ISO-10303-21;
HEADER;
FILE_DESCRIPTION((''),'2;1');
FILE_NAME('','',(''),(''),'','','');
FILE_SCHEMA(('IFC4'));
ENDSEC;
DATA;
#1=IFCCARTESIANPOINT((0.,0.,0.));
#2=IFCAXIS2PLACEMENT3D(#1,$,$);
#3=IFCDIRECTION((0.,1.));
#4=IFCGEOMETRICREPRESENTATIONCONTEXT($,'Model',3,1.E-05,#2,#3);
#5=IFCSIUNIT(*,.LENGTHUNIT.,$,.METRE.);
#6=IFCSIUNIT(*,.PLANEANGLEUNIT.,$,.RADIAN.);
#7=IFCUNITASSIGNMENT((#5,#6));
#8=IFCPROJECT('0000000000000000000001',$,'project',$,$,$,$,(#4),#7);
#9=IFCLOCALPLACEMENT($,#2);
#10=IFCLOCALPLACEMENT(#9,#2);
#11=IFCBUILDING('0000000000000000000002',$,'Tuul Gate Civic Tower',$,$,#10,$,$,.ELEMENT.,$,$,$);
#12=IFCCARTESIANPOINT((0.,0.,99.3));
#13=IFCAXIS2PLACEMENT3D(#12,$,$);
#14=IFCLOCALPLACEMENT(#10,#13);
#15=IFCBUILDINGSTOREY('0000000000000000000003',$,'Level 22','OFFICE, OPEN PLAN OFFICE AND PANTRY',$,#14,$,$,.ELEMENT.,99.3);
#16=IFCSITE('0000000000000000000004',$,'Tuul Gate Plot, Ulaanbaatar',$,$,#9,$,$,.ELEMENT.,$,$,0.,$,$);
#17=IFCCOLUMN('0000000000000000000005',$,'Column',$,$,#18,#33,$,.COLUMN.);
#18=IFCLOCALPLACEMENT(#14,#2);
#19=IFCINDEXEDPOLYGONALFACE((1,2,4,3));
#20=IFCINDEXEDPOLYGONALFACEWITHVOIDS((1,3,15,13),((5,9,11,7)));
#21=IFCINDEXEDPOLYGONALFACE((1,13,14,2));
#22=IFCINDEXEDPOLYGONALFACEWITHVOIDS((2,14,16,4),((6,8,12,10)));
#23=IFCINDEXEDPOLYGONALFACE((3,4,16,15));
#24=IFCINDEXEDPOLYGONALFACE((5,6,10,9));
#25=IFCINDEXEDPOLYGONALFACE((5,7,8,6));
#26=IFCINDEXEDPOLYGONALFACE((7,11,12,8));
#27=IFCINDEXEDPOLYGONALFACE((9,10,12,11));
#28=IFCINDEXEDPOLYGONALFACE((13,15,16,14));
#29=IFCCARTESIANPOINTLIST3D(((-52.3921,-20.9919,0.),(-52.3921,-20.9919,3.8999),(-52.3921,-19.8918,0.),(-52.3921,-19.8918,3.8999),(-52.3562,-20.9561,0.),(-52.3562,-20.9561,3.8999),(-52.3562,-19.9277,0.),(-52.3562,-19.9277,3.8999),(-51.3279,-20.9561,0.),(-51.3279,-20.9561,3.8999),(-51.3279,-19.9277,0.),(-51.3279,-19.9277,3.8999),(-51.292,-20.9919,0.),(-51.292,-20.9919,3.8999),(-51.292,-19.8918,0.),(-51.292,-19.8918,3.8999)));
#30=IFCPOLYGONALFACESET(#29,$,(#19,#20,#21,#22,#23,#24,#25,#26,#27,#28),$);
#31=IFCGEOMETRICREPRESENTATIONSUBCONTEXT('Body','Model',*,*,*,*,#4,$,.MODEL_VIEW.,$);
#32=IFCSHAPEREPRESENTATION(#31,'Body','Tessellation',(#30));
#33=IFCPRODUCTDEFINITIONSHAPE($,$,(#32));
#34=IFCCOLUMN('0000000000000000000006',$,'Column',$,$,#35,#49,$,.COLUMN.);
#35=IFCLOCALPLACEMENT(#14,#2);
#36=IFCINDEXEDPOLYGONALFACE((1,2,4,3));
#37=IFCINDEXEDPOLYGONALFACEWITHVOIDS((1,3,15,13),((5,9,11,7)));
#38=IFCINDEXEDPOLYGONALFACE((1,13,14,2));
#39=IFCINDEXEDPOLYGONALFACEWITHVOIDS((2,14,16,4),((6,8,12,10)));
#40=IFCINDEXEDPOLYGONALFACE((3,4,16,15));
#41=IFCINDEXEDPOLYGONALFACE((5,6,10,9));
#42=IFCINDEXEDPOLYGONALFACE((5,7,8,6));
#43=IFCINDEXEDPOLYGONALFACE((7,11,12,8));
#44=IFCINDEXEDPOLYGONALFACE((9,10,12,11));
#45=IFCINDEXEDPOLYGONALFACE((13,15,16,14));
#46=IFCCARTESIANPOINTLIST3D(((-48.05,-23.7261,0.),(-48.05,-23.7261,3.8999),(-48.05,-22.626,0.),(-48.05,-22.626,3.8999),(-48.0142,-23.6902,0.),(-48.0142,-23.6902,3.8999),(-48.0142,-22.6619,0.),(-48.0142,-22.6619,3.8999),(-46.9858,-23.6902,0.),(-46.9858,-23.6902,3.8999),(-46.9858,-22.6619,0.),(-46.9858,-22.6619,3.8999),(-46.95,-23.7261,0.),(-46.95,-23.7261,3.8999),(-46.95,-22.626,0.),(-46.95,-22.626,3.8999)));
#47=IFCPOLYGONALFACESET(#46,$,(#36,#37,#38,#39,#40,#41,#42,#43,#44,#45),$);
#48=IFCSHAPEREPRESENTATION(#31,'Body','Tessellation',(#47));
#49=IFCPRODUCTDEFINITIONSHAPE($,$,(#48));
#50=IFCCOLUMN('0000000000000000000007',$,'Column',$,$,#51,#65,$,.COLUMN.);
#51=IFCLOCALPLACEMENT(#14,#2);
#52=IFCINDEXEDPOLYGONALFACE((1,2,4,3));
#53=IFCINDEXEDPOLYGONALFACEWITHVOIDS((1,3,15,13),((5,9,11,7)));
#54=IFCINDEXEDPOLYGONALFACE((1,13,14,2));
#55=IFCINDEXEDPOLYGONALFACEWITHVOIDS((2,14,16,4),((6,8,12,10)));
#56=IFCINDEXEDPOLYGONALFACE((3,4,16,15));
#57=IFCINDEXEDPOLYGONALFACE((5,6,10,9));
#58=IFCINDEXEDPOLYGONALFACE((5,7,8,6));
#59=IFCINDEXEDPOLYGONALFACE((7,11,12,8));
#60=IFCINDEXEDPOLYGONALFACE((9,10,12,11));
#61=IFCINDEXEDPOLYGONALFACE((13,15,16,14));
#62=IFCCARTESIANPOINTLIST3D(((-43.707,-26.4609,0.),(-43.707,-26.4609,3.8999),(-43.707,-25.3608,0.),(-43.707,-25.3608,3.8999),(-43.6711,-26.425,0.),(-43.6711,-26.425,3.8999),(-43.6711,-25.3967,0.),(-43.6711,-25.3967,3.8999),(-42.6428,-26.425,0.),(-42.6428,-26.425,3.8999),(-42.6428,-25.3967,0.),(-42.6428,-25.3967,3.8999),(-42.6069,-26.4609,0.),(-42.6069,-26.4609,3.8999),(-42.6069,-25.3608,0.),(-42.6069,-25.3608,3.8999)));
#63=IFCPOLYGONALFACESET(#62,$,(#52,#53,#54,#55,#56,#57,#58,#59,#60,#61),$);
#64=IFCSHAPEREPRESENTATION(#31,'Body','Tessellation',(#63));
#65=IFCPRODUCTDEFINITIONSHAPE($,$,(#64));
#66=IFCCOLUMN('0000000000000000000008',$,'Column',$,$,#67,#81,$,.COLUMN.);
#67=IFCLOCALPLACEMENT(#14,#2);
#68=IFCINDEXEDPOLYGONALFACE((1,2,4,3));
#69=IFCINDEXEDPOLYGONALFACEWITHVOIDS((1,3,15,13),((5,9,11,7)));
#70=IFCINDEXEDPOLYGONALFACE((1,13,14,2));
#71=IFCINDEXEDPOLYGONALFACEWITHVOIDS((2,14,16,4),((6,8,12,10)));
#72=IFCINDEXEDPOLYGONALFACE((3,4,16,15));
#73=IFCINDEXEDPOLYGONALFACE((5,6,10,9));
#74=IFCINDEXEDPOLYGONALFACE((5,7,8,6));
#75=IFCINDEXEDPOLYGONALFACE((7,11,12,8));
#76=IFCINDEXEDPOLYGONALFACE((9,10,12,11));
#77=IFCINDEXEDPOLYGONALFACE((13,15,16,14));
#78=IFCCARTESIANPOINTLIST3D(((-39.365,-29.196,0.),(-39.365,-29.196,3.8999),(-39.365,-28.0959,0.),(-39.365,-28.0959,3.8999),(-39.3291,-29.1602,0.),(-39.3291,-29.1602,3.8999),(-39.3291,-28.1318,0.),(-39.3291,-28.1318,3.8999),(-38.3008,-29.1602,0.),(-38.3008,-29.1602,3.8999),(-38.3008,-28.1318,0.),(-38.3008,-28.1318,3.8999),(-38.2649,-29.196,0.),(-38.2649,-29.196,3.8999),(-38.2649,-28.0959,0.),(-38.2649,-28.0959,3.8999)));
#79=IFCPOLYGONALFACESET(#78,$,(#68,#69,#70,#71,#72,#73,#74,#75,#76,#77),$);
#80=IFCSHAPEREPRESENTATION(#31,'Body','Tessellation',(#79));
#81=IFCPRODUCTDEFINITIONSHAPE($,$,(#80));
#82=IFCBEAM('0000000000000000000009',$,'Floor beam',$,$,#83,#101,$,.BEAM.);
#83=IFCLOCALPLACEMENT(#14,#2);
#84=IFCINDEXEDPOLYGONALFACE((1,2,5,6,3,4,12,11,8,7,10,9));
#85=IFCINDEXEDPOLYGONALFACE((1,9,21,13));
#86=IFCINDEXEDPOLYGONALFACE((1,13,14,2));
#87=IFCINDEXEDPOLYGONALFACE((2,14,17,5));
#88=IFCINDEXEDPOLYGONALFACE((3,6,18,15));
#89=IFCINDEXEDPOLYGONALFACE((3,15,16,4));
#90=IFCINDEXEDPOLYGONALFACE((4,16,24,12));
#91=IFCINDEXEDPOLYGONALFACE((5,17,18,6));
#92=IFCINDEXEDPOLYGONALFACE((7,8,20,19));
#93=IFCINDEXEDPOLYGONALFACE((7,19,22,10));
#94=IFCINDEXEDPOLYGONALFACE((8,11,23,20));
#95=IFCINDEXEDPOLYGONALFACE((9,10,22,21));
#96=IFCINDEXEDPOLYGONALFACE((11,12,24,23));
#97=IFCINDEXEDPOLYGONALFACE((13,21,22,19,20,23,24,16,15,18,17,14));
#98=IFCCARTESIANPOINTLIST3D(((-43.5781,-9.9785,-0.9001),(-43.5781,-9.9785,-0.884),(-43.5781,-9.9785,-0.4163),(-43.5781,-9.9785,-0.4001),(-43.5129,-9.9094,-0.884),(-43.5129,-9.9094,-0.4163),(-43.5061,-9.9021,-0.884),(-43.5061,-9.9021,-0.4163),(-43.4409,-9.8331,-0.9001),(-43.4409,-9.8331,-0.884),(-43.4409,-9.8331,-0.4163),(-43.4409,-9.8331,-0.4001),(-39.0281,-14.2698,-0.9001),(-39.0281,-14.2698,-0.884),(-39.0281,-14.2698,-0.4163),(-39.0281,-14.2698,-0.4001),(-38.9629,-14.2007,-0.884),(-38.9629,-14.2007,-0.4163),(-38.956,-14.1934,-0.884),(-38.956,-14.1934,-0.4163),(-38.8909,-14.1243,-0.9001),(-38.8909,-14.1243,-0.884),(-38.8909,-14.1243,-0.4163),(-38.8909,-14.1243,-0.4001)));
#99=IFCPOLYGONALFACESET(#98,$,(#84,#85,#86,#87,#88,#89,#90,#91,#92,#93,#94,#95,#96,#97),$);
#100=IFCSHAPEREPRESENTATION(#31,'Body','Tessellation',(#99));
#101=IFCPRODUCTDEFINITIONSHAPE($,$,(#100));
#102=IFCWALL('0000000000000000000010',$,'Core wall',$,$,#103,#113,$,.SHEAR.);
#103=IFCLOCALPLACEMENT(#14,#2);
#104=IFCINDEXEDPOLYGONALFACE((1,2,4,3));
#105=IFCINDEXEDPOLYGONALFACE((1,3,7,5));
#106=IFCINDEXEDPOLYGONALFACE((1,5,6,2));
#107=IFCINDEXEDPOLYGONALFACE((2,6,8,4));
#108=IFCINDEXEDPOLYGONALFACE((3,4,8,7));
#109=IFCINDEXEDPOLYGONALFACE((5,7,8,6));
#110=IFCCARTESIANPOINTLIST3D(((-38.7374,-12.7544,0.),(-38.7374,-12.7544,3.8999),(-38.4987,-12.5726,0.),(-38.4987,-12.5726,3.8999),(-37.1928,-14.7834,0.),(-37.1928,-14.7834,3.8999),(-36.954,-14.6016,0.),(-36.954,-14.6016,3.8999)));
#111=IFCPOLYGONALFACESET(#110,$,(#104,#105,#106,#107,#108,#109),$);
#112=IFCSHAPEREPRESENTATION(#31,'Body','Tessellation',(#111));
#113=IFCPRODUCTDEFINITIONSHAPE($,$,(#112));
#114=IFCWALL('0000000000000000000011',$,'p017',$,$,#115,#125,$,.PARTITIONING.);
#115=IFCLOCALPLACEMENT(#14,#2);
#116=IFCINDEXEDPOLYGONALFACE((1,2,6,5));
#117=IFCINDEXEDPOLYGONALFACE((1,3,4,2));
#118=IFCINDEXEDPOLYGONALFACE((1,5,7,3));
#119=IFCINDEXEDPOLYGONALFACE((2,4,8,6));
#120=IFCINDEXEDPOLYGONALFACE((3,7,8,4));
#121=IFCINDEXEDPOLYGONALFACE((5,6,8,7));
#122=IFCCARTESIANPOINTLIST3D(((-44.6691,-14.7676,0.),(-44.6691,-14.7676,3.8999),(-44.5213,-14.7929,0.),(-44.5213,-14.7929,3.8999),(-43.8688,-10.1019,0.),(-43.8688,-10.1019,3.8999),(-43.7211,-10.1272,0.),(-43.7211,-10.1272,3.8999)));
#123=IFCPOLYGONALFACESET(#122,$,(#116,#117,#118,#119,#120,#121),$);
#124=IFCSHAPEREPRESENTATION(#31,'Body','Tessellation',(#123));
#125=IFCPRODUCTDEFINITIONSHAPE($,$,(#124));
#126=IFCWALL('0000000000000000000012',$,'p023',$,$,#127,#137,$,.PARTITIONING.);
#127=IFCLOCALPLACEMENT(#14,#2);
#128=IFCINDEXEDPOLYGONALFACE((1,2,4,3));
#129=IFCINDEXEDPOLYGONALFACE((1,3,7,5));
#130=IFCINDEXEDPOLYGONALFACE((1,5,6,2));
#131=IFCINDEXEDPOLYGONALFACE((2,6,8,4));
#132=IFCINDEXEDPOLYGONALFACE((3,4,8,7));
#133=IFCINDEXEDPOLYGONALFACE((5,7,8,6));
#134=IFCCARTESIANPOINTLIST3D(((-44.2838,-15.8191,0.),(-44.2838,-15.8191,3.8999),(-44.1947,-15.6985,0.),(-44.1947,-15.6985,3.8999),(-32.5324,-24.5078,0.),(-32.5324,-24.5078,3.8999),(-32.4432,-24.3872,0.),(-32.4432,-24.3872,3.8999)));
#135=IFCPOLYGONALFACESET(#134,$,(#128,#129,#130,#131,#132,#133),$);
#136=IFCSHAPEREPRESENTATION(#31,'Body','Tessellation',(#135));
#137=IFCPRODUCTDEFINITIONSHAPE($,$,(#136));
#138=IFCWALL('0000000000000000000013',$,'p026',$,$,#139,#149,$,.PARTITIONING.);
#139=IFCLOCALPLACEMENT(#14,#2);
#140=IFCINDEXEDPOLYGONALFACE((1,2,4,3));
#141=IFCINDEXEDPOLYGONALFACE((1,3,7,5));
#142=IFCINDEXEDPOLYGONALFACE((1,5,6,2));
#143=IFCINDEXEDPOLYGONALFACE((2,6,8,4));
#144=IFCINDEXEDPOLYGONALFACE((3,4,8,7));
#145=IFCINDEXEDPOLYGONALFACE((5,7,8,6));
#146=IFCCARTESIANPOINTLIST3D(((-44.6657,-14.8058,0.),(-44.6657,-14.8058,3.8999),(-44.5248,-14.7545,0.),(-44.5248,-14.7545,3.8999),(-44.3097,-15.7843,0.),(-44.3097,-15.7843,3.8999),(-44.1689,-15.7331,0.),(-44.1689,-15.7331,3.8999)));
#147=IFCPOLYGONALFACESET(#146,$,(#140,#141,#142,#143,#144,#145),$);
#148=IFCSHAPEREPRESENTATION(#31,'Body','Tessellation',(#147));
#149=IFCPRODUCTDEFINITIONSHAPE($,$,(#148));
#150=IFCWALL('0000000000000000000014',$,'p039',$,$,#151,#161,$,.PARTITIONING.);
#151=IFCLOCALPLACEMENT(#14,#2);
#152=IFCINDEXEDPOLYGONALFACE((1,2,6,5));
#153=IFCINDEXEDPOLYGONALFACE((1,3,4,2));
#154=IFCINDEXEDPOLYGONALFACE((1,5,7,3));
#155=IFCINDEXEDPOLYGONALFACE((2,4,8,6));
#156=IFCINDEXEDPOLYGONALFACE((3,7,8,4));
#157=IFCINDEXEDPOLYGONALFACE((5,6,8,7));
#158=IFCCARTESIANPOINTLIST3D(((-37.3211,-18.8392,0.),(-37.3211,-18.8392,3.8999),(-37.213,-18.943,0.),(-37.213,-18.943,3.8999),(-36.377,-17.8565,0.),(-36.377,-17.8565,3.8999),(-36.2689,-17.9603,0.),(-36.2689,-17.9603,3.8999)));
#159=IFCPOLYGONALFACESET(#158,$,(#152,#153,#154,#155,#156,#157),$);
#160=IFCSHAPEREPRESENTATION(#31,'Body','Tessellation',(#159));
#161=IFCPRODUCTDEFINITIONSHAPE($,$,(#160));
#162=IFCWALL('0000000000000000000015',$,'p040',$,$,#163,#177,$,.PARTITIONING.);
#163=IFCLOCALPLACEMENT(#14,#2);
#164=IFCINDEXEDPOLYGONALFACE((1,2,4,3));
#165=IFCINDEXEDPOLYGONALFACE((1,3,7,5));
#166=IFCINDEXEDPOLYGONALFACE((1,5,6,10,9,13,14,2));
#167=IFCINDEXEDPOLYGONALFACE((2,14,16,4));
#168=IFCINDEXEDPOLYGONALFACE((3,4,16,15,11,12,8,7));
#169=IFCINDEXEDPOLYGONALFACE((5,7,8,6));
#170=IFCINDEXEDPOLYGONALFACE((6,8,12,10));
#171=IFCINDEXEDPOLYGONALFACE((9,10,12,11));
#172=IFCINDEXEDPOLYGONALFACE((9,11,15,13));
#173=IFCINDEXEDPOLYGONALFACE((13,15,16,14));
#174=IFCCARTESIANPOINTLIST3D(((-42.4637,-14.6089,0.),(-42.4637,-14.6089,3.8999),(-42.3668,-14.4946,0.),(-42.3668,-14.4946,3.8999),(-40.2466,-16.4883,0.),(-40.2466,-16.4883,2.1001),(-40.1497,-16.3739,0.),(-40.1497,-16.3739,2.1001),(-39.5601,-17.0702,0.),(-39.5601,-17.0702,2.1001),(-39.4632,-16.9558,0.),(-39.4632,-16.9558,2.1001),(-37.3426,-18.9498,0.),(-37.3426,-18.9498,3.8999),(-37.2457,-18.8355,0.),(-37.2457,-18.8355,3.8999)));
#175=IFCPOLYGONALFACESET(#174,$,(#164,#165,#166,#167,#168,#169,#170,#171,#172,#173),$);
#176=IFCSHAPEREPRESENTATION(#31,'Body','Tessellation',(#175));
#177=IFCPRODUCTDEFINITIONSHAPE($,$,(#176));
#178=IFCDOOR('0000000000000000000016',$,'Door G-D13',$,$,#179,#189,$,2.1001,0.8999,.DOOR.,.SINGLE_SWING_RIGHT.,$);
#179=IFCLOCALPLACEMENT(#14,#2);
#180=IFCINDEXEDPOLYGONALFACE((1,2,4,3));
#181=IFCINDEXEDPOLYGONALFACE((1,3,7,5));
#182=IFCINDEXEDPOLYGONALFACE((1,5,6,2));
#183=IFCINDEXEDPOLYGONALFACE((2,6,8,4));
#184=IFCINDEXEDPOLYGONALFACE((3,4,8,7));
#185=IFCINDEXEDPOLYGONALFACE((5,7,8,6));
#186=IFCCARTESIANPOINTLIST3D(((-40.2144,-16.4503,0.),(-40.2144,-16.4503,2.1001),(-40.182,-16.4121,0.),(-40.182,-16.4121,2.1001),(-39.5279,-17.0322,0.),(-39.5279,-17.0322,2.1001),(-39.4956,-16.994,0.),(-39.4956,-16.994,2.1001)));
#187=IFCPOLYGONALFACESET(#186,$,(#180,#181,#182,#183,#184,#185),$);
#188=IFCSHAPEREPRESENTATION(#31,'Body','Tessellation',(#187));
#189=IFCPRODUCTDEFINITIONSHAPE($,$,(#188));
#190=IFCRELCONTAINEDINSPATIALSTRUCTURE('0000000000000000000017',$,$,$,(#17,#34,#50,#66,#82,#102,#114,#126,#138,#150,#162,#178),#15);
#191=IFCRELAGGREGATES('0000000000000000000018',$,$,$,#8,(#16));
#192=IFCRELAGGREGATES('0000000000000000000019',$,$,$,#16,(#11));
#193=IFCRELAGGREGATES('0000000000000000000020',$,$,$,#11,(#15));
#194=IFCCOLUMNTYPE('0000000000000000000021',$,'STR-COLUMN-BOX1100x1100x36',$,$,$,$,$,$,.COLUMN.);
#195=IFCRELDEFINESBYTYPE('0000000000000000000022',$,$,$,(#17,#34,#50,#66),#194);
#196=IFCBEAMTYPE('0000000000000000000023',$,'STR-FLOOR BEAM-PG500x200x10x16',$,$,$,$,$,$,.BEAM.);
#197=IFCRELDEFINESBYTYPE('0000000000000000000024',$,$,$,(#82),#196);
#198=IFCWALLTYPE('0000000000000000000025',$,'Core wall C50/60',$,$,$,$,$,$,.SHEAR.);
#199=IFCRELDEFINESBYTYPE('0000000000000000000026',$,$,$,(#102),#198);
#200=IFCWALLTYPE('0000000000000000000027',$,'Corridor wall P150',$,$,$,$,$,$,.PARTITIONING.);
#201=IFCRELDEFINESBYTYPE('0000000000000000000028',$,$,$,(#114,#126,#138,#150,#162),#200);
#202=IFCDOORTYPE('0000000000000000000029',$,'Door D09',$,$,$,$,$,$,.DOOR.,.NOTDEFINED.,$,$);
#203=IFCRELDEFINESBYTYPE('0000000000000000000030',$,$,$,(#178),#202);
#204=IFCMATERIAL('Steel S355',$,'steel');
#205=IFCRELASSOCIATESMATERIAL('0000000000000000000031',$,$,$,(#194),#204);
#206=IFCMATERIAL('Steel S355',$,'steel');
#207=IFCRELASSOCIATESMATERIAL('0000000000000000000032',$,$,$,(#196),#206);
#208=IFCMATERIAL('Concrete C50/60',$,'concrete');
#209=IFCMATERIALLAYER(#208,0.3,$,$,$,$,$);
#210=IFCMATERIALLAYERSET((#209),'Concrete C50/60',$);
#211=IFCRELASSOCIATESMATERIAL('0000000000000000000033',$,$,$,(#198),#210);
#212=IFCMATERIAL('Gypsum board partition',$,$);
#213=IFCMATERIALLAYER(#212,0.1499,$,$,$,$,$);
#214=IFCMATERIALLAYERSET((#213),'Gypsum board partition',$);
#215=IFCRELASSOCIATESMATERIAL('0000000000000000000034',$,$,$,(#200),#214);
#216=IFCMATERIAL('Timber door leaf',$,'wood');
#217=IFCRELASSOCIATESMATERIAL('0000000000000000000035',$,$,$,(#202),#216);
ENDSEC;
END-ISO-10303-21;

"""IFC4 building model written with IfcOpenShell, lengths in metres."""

from ifc_helpers import new_model, si_unit, direction, frame, frame_2d, origin, origin_2d, place, context, subcontext, project, spatial, rectangle, hollow_rectangle, i_section, extrude, material, layer, layer_set, material_profile, profile_set, type_object, element, fill, save


model = new_model("IFC4")

# Units and contexts
model_context = context("Model", 3, precision=1e-05, world=origin(), true_north=direction((0.0, 1.0)))
body_context = subcontext(model_context, "Body", "Model", "MODEL_VIEW")
ifc_project = project(units=[si_unit("LENGTHUNIT", "METRE"), si_unit("PLANEANGLEUNIT", "RADIAN")], contexts=[model_context])

# Site, building, storey
site_placement = place(None, origin())
site = spatial("IfcSite", under=ifc_project, at=site_placement, Name="Tuul Gate Plot, Ulaanbaatar", CompositionType="ELEMENT", RefElevation=0.0)
building_placement = place(site_placement, origin())
building = spatial("IfcBuilding", under=site, at=building_placement, Name="Tuul Gate Civic Tower", CompositionType="ELEMENT")
storey_placement = place(building_placement, frame((0.0, 0.0, 99.3)))
storey = spatial("IfcBuildingStorey", under=building, at=storey_placement, Name="Level 22", Description="OFFICE, OPEN PLAN OFFICE AND PANTRY", CompositionType="ELEMENT", Elevation=99.3)

# Columns
ifc_material_1 = material(Name="Steel S355", Category="steel")
ifc_material_profile_1 = material_profile(ifc_material_1, hollow_rectangle(XDim=1.1001, YDim=1.1001, WallThickness=0.0359, at=origin_2d()), Name="BOX1100x1100x36")
ifc_profile_set_1 = profile_set([ifc_material_profile_1], Name="Steel S355")
column_type = type_object("IfcColumnType", Name="STR-COLUMN-BOX1100x1100x36", PredefinedType="COLUMN", material=ifc_profile_set_1)
for number, where, z_axis, x_axis, name in (
    (1, (-51.842, -20.4419, 0.0), (0.0, 0.0, 1.0), (1.0, 0.0, 0.0), "Column"),
    (2, (-47.5, -23.176, 0.0), (0.0, 0.0, 1.0), (1.0, 0.0, 0.0), "Column"),
    (3, (-43.157, -25.9109, 0.0), (0.0, 0.0, 1.0), (1.0, 0.0, 0.0), "Column"),
    (4, (-38.8149, -28.646, 0.0), (0.0, 0.0, 1.0), (1.0, 0.0, 0.0), "Column"),
):
    element("IfcColumn", number, at=place(storey_placement, frame(where, z_axis=z_axis, x_axis=x_axis)), inside=storey, type_object=column_type, Name=name, PredefinedType="COLUMN", context=body_context, shape_type="SweptSolid", body=[
        extrude(hollow_rectangle(XDim=1.1001, YDim=1.1001, WallThickness=0.0359, at=origin_2d()), origin(), (0.0, 0.0, 1.0), 3.8999),
    ])

# Beam
ifc_material_2 = material(Name="Steel S355", Category="steel")
ifc_material_profile_2 = material_profile(ifc_material_2, i_section(OverallWidth=0.2, OverallDepth=0.5, WebThickness=0.01, FlangeThickness=0.0161, at=origin_2d()), Name="PG500x200x10x16")
ifc_profile_set_2 = profile_set([ifc_material_profile_2], Name="Steel S355")
beam_type = type_object("IfcBeamType", Name="STR-FLOOR BEAM-PG500x200x10x16", PredefinedType="BEAM", material=ifc_profile_set_2)
beam_placement = place(storey_placement, frame((-38.9595, -14.197, -0.6501), z_axis=(-0.727493, 0.686116, 0.0), x_axis=(-0.686116, -0.727493, 0.0)))
element("IfcBeam", 5, at=beam_placement, inside=storey, type_object=beam_type, Name="Floor beam", PredefinedType="BEAM", context=body_context, shape_type="SweptSolid", body=[
    extrude(i_section(OverallWidth=0.2, OverallDepth=0.5, WebThickness=0.01, FlangeThickness=0.0161, at=origin_2d()), origin(), (0.0, 0.0, 1.0), 6.2544),
])

# Walls
ifc_material_3 = material(Name="Concrete C50/60", Category="concrete")
ifc_layer_1 = layer(ifc_material_3, 0.3)
ifc_layer_set_1 = layer_set([ifc_layer_1], Name="Concrete C50/60")
wall_type_1 = type_object("IfcWallType", Name="Core wall C50/60", PredefinedType="SHEAR", material=ifc_layer_set_1)
wall_1_placement = place(storey_placement, frame((-37.0735, -14.6924, 0.0), z_axis=(0.0, 0.0, 1.0), x_axis=(-0.605729, 0.795671, 0.0)))
element("IfcWall", 6, at=wall_1_placement, inside=storey, type_object=wall_type_1, Name="Core wall", PredefinedType="SHEAR", context=body_context, shape_type="SweptSolid", body=[
    extrude(rectangle(XDim=2.55, YDim=0.3, at=frame_2d((1.2749, 0.0))), origin(), (0.0, 0.0, 1.0), 3.8999),
])
ifc_material_4 = material(Name="Gypsum board partition")
ifc_layer_2 = layer(ifc_material_4, 0.1499)
ifc_layer_set_2 = layer_set([ifc_layer_2], Name="Gypsum board partition")
wall_type_2 = type_object("IfcWallType", Name="Corridor wall P150", PredefinedType="PARTITIONING", material=ifc_layer_set_2)
wall_2_placement = place(storey_placement, frame((-44.5952, -14.7803, 0.0), z_axis=(0.0, 0.0, 1.0), x_axis=(0.169055, 0.985607, 0.0)))
element("IfcWall", 7, at=wall_2_placement, inside=storey, type_object=wall_type_2, Name="p017", PredefinedType="PARTITIONING", context=body_context, shape_type="SweptSolid", body=[
    extrude(rectangle(XDim=4.7339, YDim=0.1499, at=frame_2d((2.3669, 0.0))), origin(), (0.0, 0.0, 1.0), 3.8999),
])
wall_3_placement = place(storey_placement, frame((-44.2393, -15.7588, 0.0), z_axis=(0.0, 0.0, 1.0), x_axis=(0.804083, -0.594517, 0.0)))
element("IfcWall", 8, at=wall_3_placement, inside=storey, type_object=wall_type_2, Name="p023", PredefinedType="PARTITIONING", context=body_context, shape_type="SweptSolid", body=[
    extrude(rectangle(XDim=14.6147, YDim=0.1499, at=frame_2d((7.3074, 0.0))), origin(), (0.0, 0.0, 1.0), 3.8999),
])
wall_4_placement = place(storey_placement, frame((-44.5952, -14.7803, 0.0), z_axis=(0.0, 0.0, 1.0), x_axis=(0.341856, -0.939752, 0.0)))
element("IfcWall", 9, at=wall_4_placement, inside=storey, type_object=wall_type_2, Name="p026", PredefinedType="PARTITIONING", context=body_context, shape_type="SweptSolid", body=[
    extrude(rectangle(XDim=1.0413, YDim=0.1499, at=frame_2d((0.5205, 0.0))), origin(), (0.0, 0.0, 1.0), 3.8999),
])
wall_5_placement = place(storey_placement, frame((-37.2671, -18.8911, 0.0), z_axis=(0.0, 0.0, 1.0), x_axis=(0.692811, 0.721119, 0.0)))
element("IfcWall", 10, at=wall_5_placement, inside=storey, type_object=wall_type_2, Name="p039", PredefinedType="PARTITIONING", context=body_context, shape_type="SweptSolid", body=[
    extrude(rectangle(XDim=1.3628, YDim=0.1499, at=frame_2d((0.6814, 0.0))), origin(), (0.0, 0.0, 1.0), 3.8999),
])

# Wall, opening, door
wall_6_placement = place(storey_placement, frame((-42.4153, -14.5518, 0.0), z_axis=(0.0, 0.0, 1.0), x_axis=(0.762829, -0.646601, 0.0)))
wall_6 = element("IfcWall", 11, at=wall_6_placement, inside=storey, type_object=wall_type_2, Name="p040", PredefinedType="PARTITIONING", context=body_context, shape_type="SweptSolid", body=[
    extrude(rectangle(XDim=6.7134, YDim=0.1499, at=frame_2d((3.3567, 0.0))), origin(), (0.0, 0.0, 1.0), 3.8999),
])
opening_1_placement = place(wall_6_placement, frame((2.9065, 0.0, 0.0)))
opening_1 = element("IfcOpeningElement", 12, at=opening_1_placement, cuts=wall_6, PredefinedType="OPENING", context=body_context, shape_type="SweptSolid", body=[
    extrude(rectangle(XDim=0.8999, YDim=2.1001, at=frame_2d((0.45, 1.05))), frame((0.0, 0.085, 0.0), z_axis=(0.0, -1.0, 0.0), x_axis=(1.0, 0.0, 0.0)), (0.0, 0.0, 1.0), 0.1699),
])
ifc_material_5 = material(Name="Timber door leaf", Category="wood")
door_type = type_object("IfcDoorType", Name="Door D09", OperationType="NOTDEFINED", PredefinedType="DOOR", material=ifc_material_5)
door_placement = place(opening_1_placement, origin())
door = element("IfcDoor", 13, at=door_placement, inside=storey, type_object=door_type, Name="Door G-D13", OperationType="SINGLE_SWING_RIGHT", OverallHeight=2.1001, OverallWidth=0.8999, PredefinedType="DOOR", context=body_context, shape_type="SweptSolid", body=[
    extrude(rectangle(XDim=0.8999, YDim=2.1001, at=frame_2d((0.45, 1.05))), frame((0.0, 0.0249, 0.0), z_axis=(0.0, -1.0, 0.0), x_axis=(1.0, 0.0, 0.0)), (0.0, 0.0, 1.0), 0.05),
])
fill(opening_1, door)

save(model, "model.ifc")
